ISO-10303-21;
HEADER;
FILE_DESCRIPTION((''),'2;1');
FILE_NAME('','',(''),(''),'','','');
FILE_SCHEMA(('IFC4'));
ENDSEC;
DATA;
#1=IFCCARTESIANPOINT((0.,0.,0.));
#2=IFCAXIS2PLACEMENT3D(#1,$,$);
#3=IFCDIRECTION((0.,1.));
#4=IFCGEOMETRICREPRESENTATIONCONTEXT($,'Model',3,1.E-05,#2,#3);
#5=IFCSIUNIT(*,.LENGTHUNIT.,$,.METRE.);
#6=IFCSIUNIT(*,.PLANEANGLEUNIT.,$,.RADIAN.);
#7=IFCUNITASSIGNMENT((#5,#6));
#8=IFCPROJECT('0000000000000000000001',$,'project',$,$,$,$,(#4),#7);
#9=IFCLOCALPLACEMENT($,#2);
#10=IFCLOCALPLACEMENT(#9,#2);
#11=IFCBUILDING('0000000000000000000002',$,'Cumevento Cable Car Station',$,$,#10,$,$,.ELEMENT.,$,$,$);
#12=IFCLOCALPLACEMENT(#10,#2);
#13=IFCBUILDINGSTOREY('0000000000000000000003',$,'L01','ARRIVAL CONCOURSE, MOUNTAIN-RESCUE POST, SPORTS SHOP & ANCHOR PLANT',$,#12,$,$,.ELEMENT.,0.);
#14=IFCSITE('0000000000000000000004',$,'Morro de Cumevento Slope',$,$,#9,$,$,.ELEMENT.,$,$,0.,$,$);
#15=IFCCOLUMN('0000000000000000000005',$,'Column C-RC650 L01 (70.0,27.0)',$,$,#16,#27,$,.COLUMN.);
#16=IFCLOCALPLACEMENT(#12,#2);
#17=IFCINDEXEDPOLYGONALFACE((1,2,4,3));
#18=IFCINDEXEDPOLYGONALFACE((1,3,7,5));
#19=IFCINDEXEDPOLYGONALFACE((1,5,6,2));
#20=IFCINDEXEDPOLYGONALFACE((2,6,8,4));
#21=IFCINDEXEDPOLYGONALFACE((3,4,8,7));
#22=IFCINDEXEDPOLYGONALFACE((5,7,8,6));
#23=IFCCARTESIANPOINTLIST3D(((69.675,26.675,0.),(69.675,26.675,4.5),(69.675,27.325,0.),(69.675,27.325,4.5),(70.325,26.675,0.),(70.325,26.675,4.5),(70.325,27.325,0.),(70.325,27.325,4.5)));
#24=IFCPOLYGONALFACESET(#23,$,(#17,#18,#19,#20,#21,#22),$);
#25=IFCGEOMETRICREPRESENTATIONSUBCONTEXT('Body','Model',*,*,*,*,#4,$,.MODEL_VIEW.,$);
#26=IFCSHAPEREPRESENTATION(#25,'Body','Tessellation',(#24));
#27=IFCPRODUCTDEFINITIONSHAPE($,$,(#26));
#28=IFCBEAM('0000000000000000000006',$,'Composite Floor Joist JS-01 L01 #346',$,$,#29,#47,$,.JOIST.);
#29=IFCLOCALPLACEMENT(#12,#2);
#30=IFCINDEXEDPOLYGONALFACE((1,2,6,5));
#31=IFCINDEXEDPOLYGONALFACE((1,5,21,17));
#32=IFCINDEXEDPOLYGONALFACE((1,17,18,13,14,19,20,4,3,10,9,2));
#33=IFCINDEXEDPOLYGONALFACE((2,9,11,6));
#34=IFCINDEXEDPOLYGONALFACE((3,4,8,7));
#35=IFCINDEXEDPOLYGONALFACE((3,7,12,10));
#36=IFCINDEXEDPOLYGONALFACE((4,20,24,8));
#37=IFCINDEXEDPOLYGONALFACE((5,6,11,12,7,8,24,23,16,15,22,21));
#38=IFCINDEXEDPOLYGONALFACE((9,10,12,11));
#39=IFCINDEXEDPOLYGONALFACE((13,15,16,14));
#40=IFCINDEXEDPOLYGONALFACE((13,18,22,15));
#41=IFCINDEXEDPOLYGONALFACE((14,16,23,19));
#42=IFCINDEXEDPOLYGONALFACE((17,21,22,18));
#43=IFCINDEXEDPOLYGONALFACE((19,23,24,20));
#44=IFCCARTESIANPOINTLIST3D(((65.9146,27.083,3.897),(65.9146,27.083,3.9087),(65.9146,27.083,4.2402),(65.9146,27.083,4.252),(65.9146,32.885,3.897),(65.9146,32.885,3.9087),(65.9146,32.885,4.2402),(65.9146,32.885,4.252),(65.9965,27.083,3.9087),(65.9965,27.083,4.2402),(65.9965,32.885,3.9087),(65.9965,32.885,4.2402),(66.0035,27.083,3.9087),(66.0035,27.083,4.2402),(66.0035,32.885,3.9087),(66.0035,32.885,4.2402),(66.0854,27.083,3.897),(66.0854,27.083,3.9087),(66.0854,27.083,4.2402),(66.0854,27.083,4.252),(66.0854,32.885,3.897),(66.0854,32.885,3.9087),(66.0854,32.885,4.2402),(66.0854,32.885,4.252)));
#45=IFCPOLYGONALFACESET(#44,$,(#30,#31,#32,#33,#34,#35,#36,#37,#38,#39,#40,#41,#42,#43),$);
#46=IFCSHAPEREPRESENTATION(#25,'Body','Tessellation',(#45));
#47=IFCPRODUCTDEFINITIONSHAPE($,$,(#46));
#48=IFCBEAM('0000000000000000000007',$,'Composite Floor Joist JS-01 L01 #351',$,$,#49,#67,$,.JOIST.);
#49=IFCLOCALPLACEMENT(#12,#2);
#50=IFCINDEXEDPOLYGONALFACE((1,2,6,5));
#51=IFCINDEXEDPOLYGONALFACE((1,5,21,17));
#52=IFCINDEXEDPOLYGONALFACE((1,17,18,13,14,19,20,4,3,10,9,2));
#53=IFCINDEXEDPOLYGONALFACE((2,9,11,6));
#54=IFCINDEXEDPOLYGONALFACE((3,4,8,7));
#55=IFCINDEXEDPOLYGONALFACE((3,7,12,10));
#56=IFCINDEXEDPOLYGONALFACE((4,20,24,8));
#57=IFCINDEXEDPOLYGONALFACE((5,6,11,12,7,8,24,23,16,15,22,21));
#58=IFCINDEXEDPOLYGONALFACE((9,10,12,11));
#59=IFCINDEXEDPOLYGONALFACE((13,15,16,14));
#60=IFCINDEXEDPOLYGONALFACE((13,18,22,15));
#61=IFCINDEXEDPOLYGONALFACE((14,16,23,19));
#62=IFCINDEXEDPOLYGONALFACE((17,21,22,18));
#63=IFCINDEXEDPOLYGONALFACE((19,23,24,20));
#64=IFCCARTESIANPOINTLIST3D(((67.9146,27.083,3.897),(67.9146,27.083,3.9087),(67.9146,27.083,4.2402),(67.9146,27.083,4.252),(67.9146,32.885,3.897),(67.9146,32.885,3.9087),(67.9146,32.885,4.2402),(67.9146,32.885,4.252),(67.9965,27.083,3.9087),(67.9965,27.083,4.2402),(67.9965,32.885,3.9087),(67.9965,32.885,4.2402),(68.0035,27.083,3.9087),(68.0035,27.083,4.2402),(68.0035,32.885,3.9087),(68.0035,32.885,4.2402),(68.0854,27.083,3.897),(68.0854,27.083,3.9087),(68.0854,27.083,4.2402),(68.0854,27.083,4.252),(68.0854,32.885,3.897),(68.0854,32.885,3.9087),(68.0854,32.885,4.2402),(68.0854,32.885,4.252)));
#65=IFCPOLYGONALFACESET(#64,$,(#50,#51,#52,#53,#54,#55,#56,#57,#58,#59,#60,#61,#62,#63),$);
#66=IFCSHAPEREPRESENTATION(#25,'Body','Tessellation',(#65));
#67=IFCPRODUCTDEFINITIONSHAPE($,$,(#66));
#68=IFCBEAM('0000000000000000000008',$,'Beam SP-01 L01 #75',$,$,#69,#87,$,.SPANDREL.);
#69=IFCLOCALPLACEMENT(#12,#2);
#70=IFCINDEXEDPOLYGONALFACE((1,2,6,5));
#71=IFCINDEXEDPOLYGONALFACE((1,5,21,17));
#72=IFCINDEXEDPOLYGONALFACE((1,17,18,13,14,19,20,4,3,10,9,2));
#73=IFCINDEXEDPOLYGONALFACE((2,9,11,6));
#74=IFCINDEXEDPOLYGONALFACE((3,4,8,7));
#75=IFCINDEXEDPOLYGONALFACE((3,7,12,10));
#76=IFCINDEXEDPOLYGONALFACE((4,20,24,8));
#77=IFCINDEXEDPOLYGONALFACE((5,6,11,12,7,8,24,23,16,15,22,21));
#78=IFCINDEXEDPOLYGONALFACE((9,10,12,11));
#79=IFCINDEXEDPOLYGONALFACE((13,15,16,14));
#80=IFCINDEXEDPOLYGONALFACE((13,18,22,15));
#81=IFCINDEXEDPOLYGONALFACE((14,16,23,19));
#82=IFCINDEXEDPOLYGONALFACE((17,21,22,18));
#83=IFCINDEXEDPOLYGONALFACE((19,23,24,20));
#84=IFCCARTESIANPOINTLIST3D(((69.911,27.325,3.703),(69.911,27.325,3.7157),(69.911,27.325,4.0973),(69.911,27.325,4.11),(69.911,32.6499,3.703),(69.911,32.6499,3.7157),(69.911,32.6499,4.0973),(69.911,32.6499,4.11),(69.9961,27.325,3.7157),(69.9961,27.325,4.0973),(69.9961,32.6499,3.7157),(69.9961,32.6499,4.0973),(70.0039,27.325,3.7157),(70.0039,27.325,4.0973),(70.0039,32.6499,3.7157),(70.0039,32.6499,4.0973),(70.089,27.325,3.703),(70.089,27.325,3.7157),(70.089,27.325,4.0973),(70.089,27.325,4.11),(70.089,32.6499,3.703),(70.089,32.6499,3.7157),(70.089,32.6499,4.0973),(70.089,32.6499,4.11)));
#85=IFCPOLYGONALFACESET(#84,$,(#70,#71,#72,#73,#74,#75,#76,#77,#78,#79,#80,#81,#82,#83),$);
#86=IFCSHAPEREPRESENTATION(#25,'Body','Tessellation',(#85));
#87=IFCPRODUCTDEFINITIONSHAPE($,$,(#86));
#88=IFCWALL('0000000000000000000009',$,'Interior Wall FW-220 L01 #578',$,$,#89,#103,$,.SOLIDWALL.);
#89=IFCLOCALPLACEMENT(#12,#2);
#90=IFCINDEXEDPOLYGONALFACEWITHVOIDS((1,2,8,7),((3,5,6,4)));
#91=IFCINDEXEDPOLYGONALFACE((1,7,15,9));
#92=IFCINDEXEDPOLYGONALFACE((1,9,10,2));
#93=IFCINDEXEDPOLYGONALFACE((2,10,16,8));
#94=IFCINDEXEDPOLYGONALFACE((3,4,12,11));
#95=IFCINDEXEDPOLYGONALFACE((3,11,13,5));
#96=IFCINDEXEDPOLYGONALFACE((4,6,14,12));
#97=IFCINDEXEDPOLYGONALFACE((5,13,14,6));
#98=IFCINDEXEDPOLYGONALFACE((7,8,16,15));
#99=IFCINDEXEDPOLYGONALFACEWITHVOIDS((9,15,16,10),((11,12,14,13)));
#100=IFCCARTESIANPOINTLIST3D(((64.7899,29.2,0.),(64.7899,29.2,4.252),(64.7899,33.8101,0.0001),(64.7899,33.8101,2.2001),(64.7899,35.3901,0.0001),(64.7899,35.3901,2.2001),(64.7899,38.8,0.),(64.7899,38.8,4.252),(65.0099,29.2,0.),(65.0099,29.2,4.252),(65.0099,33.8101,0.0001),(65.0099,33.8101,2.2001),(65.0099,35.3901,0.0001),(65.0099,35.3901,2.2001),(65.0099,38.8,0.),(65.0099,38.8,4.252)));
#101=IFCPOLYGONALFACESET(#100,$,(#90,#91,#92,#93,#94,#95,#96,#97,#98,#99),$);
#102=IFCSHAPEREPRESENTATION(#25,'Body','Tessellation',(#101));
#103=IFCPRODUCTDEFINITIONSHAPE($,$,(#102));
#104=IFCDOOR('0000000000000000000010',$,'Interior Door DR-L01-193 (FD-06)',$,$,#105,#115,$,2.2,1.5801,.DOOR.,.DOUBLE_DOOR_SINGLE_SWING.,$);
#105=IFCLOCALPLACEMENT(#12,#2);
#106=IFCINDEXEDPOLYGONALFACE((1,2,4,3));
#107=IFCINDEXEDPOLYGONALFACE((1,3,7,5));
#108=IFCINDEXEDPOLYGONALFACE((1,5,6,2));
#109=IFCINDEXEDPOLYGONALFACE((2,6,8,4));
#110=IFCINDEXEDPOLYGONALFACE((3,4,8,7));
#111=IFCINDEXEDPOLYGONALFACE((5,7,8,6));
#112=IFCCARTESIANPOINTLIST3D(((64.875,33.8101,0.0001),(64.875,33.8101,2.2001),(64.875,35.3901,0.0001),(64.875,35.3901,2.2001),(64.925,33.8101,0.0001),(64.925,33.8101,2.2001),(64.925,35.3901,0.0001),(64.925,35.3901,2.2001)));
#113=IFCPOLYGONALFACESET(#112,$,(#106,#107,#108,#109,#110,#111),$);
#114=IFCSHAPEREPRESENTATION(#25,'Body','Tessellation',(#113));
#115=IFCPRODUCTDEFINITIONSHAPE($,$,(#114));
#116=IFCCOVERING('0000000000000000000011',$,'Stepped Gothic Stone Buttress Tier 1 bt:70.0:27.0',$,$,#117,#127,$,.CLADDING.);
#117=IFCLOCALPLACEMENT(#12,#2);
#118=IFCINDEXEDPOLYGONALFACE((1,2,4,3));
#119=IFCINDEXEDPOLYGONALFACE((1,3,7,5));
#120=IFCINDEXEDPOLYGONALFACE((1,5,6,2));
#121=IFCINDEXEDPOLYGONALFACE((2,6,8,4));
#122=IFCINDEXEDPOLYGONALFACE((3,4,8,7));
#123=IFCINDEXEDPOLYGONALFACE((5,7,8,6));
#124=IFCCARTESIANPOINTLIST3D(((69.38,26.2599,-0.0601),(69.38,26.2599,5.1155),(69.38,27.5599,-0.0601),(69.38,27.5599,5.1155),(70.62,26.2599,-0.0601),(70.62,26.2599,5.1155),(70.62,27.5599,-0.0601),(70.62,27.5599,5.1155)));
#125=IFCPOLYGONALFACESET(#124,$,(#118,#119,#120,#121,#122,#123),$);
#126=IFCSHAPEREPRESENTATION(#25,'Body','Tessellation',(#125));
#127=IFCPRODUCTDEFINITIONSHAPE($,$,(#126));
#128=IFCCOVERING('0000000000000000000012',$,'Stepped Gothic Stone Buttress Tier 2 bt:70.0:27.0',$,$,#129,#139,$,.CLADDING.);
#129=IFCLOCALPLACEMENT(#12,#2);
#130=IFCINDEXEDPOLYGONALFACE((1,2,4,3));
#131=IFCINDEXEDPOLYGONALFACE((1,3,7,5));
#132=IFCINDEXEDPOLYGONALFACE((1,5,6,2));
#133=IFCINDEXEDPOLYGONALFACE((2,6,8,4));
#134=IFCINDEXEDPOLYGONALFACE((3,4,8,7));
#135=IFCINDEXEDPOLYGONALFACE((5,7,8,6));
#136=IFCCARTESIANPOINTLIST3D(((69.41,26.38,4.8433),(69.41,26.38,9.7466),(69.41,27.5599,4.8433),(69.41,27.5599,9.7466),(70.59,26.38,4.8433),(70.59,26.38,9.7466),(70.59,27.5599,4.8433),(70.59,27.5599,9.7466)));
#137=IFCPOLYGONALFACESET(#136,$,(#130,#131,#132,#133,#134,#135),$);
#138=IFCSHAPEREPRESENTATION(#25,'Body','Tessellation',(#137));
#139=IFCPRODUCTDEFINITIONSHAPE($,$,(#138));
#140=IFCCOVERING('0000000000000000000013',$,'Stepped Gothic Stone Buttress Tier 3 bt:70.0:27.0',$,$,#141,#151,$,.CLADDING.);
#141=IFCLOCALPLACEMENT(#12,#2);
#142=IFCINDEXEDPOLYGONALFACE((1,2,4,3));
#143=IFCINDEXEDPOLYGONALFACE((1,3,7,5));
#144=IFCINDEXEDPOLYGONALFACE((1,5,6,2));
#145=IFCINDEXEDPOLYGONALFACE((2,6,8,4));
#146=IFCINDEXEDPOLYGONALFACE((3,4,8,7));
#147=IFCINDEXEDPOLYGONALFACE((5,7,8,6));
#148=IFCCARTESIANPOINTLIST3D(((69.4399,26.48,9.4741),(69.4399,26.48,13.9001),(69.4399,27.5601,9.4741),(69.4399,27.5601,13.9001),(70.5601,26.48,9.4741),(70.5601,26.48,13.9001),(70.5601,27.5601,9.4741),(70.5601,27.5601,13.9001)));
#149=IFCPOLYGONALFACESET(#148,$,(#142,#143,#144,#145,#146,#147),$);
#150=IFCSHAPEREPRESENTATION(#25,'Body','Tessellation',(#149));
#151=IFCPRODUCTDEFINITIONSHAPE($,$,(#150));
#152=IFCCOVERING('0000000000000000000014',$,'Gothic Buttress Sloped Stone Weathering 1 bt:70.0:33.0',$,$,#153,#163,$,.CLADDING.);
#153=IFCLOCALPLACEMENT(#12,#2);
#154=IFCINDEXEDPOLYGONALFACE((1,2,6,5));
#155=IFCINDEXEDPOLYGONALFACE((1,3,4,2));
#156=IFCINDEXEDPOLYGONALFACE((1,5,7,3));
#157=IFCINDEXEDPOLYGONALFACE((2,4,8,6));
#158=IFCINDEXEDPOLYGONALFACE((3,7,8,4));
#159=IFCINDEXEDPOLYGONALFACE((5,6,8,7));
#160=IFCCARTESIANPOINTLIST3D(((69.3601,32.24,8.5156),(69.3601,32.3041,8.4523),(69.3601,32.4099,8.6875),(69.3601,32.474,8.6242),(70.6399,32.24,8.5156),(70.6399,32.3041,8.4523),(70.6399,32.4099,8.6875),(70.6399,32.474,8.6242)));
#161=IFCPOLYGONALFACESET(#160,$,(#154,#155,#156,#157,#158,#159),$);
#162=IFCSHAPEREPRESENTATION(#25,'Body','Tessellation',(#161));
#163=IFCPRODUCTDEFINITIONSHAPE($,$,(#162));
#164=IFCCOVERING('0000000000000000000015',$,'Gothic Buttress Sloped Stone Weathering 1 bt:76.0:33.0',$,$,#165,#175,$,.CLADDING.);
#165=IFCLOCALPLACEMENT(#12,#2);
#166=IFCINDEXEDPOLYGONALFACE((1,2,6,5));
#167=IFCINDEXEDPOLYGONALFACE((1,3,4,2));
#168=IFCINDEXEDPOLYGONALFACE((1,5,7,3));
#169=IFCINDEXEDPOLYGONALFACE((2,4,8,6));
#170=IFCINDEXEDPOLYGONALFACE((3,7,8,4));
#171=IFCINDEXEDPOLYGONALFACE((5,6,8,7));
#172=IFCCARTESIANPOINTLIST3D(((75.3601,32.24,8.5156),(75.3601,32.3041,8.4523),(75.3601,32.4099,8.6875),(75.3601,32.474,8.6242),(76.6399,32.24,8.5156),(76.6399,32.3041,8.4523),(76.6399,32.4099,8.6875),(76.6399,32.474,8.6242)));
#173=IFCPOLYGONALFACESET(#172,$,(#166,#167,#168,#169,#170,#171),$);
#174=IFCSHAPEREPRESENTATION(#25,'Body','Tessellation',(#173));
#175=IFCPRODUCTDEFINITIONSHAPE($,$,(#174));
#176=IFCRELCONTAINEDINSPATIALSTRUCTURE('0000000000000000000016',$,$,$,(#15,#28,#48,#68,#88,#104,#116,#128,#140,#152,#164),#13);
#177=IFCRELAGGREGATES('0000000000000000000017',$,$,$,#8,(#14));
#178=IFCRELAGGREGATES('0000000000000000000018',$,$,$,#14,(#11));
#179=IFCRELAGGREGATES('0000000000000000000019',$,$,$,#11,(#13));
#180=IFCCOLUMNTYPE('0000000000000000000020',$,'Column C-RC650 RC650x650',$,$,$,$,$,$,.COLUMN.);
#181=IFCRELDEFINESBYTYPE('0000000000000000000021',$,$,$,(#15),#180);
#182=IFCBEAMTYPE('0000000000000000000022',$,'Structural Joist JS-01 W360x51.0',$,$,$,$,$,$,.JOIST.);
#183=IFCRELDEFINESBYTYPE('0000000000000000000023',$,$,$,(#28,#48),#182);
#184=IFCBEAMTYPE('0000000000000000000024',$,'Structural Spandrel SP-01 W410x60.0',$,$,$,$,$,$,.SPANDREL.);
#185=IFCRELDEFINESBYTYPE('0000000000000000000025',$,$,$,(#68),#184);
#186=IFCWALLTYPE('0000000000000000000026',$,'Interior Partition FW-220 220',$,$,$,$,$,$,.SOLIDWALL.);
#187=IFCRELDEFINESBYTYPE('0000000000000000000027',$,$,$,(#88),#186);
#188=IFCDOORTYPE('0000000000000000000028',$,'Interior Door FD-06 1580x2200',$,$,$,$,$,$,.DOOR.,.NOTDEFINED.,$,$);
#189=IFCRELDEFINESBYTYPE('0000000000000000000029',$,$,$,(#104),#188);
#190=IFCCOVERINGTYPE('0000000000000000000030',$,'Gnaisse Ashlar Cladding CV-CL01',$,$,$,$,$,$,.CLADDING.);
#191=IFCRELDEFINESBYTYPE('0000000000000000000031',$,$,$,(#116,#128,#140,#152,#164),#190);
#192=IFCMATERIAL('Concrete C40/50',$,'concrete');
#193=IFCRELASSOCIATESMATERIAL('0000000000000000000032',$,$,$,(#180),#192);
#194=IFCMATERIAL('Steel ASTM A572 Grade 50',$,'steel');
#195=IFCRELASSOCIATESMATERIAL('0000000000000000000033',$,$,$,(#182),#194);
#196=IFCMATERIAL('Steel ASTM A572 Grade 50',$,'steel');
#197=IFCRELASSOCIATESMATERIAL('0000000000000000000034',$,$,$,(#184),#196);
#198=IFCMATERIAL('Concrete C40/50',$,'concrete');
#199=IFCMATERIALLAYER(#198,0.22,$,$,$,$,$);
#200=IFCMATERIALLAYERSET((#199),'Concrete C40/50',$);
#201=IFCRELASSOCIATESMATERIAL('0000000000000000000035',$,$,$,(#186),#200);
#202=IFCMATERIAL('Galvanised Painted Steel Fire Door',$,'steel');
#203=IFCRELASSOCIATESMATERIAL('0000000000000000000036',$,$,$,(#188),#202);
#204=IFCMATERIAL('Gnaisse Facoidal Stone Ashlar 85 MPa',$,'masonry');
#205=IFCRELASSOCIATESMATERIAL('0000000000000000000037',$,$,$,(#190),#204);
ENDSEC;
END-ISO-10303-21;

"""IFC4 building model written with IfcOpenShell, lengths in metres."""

from ifc_helpers import new_model, si_unit, direction, frame, frame_2d, origin, origin_2d, place, context, subcontext, project, spatial, polyline, rectangle, i_section, outline, extrude, material, layer, layer_set, material_profile, profile_set, type_object, element, fill, save


model = new_model("IFC4")

# Units and contexts
model_context = context("Model", 3, precision=1e-05, world=origin(), true_north=direction((0.0, 1.0)))
body_context = subcontext(model_context, "Body", "Model", "MODEL_VIEW")
ifc_project = project(units=[si_unit("LENGTHUNIT", "METRE"), si_unit("PLANEANGLEUNIT", "RADIAN")], contexts=[model_context])

# Site, building, storey
site_placement = place(None, origin())
site = spatial("IfcSite", under=ifc_project, at=site_placement, Name="Morro de Cumevento Slope", CompositionType="ELEMENT", RefElevation=0.0)
building_placement = place(site_placement, origin())
building = spatial("IfcBuilding", under=site, at=building_placement, Name="Cumevento Cable Car Station", CompositionType="ELEMENT")
storey_placement = place(building_placement, origin())
storey = spatial("IfcBuildingStorey", under=building, at=storey_placement, Name="L01", Description="ARRIVAL CONCOURSE, MOUNTAIN-RESCUE POST, SPORTS SHOP & ANCHOR PLANT", CompositionType="ELEMENT", Elevation=0.0)

# Column
ifc_material_1 = material(Name="Concrete C40/50", Category="concrete")
ifc_material_profile_1 = material_profile(ifc_material_1, rectangle(XDim=0.6499, YDim=0.6499, at=origin_2d()), Name="RC650x650")
ifc_profile_set_1 = profile_set([ifc_material_profile_1], Name="Concrete C40/50")
column_type = type_object("IfcColumnType", Name="Column C-RC650 RC650x650", PredefinedType="COLUMN", material=ifc_profile_set_1)
column_placement = place(storey_placement, frame((70.0, 27.0, 0.0), z_axis=(0.0, 0.0, 1.0), x_axis=(1.0, 0.0, 0.0)))
element("IfcColumn", 1, at=column_placement, inside=storey, type_object=column_type, Name="Column C-RC650 L01 (70.0,27.0)", PredefinedType="COLUMN", context=body_context, shape_type="SweptSolid", body=[
    extrude(rectangle(XDim=0.6499, YDim=0.6499, at=origin_2d()), origin(), (0.0, 0.0, 1.0), 4.5),
])

# Beams
ifc_material_2 = material(Name="Steel ASTM A572 Grade 50", Category="steel")
ifc_material_profile_2 = material_profile(ifc_material_2, i_section(OverallWidth=0.1709, OverallDepth=0.355, WebThickness=0.0071, FlangeThickness=0.0117, at=origin_2d()), Name="W360x51.0")
ifc_profile_set_2 = profile_set([ifc_material_profile_2], Name="Steel ASTM A572 Grade 50")
beam_type_1 = type_object("IfcBeamType", Name="Structural Joist JS-01 W360x51.0", PredefinedType="JOIST", material=ifc_profile_set_2)
for number, where, z_axis, x_axis, name in (
    (2, (66.0, 27.083, 4.0745), (0.0, 1.0, 0.0), (-1.0, 0.0, 0.0), "Composite Floor Joist JS-01 L01 #346"),
    (3, (68.0, 27.083, 4.0745), (0.0, 1.0, 0.0), (-1.0, 0.0, 0.0), "Composite Floor Joist JS-01 L01 #351"),
):
    element("IfcBeam", number, at=place(storey_placement, frame(where, z_axis=z_axis, x_axis=x_axis)), inside=storey, type_object=beam_type_1, Name=name, PredefinedType="JOIST", context=body_context, shape_type="SweptSolid", body=[
        extrude(i_section(OverallWidth=0.1709, OverallDepth=0.355, WebThickness=0.0071, FlangeThickness=0.0117, at=origin_2d()), origin(), (0.0, 0.0, 1.0), 5.802),
    ])
ifc_material_3 = material(Name="Steel ASTM A572 Grade 50", Category="steel")
ifc_material_profile_3 = material_profile(ifc_material_3, i_section(OverallWidth=0.178, OverallDepth=0.407, WebThickness=0.0078, FlangeThickness=0.0127, at=origin_2d()), Name="W410x60.0")
ifc_profile_set_3 = profile_set([ifc_material_profile_3], Name="Steel ASTM A572 Grade 50")
beam_type_2 = type_object("IfcBeamType", Name="Structural Spandrel SP-01 W410x60.0", PredefinedType="SPANDREL", material=ifc_profile_set_3)
beam_placement = place(storey_placement, frame((70.0, 27.325, 3.9065), z_axis=(0.0, 1.0, 0.0), x_axis=(-1.0, 0.0, 0.0)))
element("IfcBeam", 4, at=beam_placement, inside=storey, type_object=beam_type_2, Name="Beam SP-01 L01 #75", PredefinedType="SPANDREL", context=body_context, shape_type="SweptSolid", body=[
    extrude(i_section(OverallWidth=0.178, OverallDepth=0.407, WebThickness=0.0078, FlangeThickness=0.0127, at=origin_2d()), origin(), (0.0, 0.0, 1.0), 5.325),
])

# Wall, opening, door
ifc_material_4 = material(Name="Concrete C40/50", Category="concrete")
ifc_layer = layer(ifc_material_4, 0.22)
ifc_layer_set = layer_set([ifc_layer], Name="Concrete C40/50")
wall_type = type_object("IfcWallType", Name="Interior Partition FW-220 220", PredefinedType="SOLIDWALL", material=ifc_layer_set)
wall_placement = place(storey_placement, frame((64.8999, 29.2, 0.0), z_axis=(0.0, 0.0, 1.0), x_axis=(0.0, 1.0, 0.0)))
wall = element("IfcWall", 5, at=wall_placement, inside=storey, type_object=wall_type, Name="Interior Wall FW-220 L01 #578", PredefinedType="SOLIDWALL", context=body_context, shape_type="SweptSolid", body=[
    extrude(rectangle(XDim=9.6001, YDim=0.22, at=frame_2d((4.8, 0.0))), origin(), (0.0, 0.0, 1.0), 4.252),
])
opening_placement = place(wall_placement, frame((4.6101, 0.0, 0.0)))
opening = element("IfcOpeningElement", 6, at=opening_placement, cuts=wall, PredefinedType="OPENING", context=body_context, shape_type="SweptSolid", body=[
    extrude(rectangle(XDim=1.5801, YDim=2.2, at=frame_2d((0.79, 1.1001))), frame((0.0, 0.1199, 0.0), z_axis=(0.0, -1.0, 0.0), x_axis=(1.0, 0.0, 0.0)), (0.0, 0.0, 1.0), 0.24),
])
ifc_material_5 = material(Name="Galvanised Painted Steel Fire Door", Category="steel")
door_type = type_object("IfcDoorType", Name="Interior Door FD-06 1580x2200", OperationType="NOTDEFINED", PredefinedType="DOOR", material=ifc_material_5)
door_placement = place(opening_placement, origin())
door = element("IfcDoor", 7, at=door_placement, inside=storey, type_object=door_type, Name="Interior Door DR-L01-193 (FD-06)", OperationType="DOUBLE_DOOR_SINGLE_SWING", OverallHeight=2.2, OverallWidth=1.5801, PredefinedType="DOOR", context=body_context, shape_type="SweptSolid", body=[
    extrude(rectangle(XDim=1.5801, YDim=2.2, at=frame_2d((0.79, 1.1001))), frame((0.0, 0.0249, 0.0), z_axis=(0.0, -1.0, 0.0), x_axis=(1.0, 0.0, 0.0)), (0.0, 0.0, 1.0), 0.05),
])
fill(opening, door)

# Coverings
ifc_material_6 = material(Name="Gnaisse Facoidal Stone Ashlar 85 MPa", Category="masonry")
covering_type = type_object("IfcCoveringType", Name="Gnaisse Ashlar Cladding CV-CL01", PredefinedType="CLADDING", material=ifc_material_6)
covering_1_placement = place(storey_placement, frame((70.0, 26.9099, -0.0601), z_axis=(0.0, 0.0, 1.0), x_axis=(1.0, 0.0, 0.0)))
element("IfcCovering", 8, at=covering_1_placement, inside=storey, type_object=covering_type, Name="Stepped Gothic Stone Buttress Tier 1 bt:70.0:27.0", PredefinedType="CLADDING", context=body_context, shape_type="SweptSolid", body=[
    extrude(rectangle(XDim=1.24, YDim=1.3, at=origin_2d()), origin(), (0.0, 0.0, 1.0), 5.1755),
])
covering_2_placement = place(storey_placement, frame((70.0, 26.97, 4.8433), z_axis=(0.0, 0.0, 1.0), x_axis=(1.0, 0.0, 0.0)))
element("IfcCovering", 9, at=covering_2_placement, inside=storey, type_object=covering_type, Name="Stepped Gothic Stone Buttress Tier 2 bt:70.0:27.0", PredefinedType="CLADDING", context=body_context, shape_type="SweptSolid", body=[
    extrude(rectangle(XDim=1.1799, YDim=1.1799, at=origin_2d()), origin(), (0.0, 0.0, 1.0), 4.9033),
])
covering_3_placement = place(storey_placement, frame((70.0, 27.02, 9.4741), z_axis=(0.0, 0.0, 1.0), x_axis=(1.0, 0.0, 0.0)))
element("IfcCovering", 10, at=covering_3_placement, inside=storey, type_object=covering_type, Name="Stepped Gothic Stone Buttress Tier 3 bt:70.0:27.0", PredefinedType="CLADDING", context=body_context, shape_type="SweptSolid", body=[
    extrude(rectangle(XDim=1.1201, YDim=1.0801, at=origin_2d()), origin(), (0.0, 0.0, 1.0), 4.426),
])
for number, where, z_axis, x_axis, name in (
    (11, (69.3601, 32.24, 8.5156), (0.0, -0.711136, 0.703055), (1.0, 0.0, 0.0), "Gothic Buttress Sloped Stone Weathering 1 bt:70.0:33.0"),
    (12, (75.3601, 32.24, 8.5156), (0.0, -0.711136, 0.703055), (1.0, 0.0, 0.0), "Gothic Buttress Sloped Stone Weathering 1 bt:76.0:33.0"),
):
    element("IfcCovering", number, at=place(storey_placement, frame(where, z_axis=z_axis, x_axis=x_axis)), inside=storey, type_object=covering_type, Name=name, PredefinedType="CLADDING", context=body_context, shape_type="SweptSolid", body=[
        extrude(outline(polyline([(0.0, 0.0), (1.2798, 0.0), (1.2798, 0.2417), (0.0, 0.2417), (0.0, 0.0)])), origin(), (0.0, 0.0, -1.0), 0.0901),
    ])

save(model, "model.ifc")
